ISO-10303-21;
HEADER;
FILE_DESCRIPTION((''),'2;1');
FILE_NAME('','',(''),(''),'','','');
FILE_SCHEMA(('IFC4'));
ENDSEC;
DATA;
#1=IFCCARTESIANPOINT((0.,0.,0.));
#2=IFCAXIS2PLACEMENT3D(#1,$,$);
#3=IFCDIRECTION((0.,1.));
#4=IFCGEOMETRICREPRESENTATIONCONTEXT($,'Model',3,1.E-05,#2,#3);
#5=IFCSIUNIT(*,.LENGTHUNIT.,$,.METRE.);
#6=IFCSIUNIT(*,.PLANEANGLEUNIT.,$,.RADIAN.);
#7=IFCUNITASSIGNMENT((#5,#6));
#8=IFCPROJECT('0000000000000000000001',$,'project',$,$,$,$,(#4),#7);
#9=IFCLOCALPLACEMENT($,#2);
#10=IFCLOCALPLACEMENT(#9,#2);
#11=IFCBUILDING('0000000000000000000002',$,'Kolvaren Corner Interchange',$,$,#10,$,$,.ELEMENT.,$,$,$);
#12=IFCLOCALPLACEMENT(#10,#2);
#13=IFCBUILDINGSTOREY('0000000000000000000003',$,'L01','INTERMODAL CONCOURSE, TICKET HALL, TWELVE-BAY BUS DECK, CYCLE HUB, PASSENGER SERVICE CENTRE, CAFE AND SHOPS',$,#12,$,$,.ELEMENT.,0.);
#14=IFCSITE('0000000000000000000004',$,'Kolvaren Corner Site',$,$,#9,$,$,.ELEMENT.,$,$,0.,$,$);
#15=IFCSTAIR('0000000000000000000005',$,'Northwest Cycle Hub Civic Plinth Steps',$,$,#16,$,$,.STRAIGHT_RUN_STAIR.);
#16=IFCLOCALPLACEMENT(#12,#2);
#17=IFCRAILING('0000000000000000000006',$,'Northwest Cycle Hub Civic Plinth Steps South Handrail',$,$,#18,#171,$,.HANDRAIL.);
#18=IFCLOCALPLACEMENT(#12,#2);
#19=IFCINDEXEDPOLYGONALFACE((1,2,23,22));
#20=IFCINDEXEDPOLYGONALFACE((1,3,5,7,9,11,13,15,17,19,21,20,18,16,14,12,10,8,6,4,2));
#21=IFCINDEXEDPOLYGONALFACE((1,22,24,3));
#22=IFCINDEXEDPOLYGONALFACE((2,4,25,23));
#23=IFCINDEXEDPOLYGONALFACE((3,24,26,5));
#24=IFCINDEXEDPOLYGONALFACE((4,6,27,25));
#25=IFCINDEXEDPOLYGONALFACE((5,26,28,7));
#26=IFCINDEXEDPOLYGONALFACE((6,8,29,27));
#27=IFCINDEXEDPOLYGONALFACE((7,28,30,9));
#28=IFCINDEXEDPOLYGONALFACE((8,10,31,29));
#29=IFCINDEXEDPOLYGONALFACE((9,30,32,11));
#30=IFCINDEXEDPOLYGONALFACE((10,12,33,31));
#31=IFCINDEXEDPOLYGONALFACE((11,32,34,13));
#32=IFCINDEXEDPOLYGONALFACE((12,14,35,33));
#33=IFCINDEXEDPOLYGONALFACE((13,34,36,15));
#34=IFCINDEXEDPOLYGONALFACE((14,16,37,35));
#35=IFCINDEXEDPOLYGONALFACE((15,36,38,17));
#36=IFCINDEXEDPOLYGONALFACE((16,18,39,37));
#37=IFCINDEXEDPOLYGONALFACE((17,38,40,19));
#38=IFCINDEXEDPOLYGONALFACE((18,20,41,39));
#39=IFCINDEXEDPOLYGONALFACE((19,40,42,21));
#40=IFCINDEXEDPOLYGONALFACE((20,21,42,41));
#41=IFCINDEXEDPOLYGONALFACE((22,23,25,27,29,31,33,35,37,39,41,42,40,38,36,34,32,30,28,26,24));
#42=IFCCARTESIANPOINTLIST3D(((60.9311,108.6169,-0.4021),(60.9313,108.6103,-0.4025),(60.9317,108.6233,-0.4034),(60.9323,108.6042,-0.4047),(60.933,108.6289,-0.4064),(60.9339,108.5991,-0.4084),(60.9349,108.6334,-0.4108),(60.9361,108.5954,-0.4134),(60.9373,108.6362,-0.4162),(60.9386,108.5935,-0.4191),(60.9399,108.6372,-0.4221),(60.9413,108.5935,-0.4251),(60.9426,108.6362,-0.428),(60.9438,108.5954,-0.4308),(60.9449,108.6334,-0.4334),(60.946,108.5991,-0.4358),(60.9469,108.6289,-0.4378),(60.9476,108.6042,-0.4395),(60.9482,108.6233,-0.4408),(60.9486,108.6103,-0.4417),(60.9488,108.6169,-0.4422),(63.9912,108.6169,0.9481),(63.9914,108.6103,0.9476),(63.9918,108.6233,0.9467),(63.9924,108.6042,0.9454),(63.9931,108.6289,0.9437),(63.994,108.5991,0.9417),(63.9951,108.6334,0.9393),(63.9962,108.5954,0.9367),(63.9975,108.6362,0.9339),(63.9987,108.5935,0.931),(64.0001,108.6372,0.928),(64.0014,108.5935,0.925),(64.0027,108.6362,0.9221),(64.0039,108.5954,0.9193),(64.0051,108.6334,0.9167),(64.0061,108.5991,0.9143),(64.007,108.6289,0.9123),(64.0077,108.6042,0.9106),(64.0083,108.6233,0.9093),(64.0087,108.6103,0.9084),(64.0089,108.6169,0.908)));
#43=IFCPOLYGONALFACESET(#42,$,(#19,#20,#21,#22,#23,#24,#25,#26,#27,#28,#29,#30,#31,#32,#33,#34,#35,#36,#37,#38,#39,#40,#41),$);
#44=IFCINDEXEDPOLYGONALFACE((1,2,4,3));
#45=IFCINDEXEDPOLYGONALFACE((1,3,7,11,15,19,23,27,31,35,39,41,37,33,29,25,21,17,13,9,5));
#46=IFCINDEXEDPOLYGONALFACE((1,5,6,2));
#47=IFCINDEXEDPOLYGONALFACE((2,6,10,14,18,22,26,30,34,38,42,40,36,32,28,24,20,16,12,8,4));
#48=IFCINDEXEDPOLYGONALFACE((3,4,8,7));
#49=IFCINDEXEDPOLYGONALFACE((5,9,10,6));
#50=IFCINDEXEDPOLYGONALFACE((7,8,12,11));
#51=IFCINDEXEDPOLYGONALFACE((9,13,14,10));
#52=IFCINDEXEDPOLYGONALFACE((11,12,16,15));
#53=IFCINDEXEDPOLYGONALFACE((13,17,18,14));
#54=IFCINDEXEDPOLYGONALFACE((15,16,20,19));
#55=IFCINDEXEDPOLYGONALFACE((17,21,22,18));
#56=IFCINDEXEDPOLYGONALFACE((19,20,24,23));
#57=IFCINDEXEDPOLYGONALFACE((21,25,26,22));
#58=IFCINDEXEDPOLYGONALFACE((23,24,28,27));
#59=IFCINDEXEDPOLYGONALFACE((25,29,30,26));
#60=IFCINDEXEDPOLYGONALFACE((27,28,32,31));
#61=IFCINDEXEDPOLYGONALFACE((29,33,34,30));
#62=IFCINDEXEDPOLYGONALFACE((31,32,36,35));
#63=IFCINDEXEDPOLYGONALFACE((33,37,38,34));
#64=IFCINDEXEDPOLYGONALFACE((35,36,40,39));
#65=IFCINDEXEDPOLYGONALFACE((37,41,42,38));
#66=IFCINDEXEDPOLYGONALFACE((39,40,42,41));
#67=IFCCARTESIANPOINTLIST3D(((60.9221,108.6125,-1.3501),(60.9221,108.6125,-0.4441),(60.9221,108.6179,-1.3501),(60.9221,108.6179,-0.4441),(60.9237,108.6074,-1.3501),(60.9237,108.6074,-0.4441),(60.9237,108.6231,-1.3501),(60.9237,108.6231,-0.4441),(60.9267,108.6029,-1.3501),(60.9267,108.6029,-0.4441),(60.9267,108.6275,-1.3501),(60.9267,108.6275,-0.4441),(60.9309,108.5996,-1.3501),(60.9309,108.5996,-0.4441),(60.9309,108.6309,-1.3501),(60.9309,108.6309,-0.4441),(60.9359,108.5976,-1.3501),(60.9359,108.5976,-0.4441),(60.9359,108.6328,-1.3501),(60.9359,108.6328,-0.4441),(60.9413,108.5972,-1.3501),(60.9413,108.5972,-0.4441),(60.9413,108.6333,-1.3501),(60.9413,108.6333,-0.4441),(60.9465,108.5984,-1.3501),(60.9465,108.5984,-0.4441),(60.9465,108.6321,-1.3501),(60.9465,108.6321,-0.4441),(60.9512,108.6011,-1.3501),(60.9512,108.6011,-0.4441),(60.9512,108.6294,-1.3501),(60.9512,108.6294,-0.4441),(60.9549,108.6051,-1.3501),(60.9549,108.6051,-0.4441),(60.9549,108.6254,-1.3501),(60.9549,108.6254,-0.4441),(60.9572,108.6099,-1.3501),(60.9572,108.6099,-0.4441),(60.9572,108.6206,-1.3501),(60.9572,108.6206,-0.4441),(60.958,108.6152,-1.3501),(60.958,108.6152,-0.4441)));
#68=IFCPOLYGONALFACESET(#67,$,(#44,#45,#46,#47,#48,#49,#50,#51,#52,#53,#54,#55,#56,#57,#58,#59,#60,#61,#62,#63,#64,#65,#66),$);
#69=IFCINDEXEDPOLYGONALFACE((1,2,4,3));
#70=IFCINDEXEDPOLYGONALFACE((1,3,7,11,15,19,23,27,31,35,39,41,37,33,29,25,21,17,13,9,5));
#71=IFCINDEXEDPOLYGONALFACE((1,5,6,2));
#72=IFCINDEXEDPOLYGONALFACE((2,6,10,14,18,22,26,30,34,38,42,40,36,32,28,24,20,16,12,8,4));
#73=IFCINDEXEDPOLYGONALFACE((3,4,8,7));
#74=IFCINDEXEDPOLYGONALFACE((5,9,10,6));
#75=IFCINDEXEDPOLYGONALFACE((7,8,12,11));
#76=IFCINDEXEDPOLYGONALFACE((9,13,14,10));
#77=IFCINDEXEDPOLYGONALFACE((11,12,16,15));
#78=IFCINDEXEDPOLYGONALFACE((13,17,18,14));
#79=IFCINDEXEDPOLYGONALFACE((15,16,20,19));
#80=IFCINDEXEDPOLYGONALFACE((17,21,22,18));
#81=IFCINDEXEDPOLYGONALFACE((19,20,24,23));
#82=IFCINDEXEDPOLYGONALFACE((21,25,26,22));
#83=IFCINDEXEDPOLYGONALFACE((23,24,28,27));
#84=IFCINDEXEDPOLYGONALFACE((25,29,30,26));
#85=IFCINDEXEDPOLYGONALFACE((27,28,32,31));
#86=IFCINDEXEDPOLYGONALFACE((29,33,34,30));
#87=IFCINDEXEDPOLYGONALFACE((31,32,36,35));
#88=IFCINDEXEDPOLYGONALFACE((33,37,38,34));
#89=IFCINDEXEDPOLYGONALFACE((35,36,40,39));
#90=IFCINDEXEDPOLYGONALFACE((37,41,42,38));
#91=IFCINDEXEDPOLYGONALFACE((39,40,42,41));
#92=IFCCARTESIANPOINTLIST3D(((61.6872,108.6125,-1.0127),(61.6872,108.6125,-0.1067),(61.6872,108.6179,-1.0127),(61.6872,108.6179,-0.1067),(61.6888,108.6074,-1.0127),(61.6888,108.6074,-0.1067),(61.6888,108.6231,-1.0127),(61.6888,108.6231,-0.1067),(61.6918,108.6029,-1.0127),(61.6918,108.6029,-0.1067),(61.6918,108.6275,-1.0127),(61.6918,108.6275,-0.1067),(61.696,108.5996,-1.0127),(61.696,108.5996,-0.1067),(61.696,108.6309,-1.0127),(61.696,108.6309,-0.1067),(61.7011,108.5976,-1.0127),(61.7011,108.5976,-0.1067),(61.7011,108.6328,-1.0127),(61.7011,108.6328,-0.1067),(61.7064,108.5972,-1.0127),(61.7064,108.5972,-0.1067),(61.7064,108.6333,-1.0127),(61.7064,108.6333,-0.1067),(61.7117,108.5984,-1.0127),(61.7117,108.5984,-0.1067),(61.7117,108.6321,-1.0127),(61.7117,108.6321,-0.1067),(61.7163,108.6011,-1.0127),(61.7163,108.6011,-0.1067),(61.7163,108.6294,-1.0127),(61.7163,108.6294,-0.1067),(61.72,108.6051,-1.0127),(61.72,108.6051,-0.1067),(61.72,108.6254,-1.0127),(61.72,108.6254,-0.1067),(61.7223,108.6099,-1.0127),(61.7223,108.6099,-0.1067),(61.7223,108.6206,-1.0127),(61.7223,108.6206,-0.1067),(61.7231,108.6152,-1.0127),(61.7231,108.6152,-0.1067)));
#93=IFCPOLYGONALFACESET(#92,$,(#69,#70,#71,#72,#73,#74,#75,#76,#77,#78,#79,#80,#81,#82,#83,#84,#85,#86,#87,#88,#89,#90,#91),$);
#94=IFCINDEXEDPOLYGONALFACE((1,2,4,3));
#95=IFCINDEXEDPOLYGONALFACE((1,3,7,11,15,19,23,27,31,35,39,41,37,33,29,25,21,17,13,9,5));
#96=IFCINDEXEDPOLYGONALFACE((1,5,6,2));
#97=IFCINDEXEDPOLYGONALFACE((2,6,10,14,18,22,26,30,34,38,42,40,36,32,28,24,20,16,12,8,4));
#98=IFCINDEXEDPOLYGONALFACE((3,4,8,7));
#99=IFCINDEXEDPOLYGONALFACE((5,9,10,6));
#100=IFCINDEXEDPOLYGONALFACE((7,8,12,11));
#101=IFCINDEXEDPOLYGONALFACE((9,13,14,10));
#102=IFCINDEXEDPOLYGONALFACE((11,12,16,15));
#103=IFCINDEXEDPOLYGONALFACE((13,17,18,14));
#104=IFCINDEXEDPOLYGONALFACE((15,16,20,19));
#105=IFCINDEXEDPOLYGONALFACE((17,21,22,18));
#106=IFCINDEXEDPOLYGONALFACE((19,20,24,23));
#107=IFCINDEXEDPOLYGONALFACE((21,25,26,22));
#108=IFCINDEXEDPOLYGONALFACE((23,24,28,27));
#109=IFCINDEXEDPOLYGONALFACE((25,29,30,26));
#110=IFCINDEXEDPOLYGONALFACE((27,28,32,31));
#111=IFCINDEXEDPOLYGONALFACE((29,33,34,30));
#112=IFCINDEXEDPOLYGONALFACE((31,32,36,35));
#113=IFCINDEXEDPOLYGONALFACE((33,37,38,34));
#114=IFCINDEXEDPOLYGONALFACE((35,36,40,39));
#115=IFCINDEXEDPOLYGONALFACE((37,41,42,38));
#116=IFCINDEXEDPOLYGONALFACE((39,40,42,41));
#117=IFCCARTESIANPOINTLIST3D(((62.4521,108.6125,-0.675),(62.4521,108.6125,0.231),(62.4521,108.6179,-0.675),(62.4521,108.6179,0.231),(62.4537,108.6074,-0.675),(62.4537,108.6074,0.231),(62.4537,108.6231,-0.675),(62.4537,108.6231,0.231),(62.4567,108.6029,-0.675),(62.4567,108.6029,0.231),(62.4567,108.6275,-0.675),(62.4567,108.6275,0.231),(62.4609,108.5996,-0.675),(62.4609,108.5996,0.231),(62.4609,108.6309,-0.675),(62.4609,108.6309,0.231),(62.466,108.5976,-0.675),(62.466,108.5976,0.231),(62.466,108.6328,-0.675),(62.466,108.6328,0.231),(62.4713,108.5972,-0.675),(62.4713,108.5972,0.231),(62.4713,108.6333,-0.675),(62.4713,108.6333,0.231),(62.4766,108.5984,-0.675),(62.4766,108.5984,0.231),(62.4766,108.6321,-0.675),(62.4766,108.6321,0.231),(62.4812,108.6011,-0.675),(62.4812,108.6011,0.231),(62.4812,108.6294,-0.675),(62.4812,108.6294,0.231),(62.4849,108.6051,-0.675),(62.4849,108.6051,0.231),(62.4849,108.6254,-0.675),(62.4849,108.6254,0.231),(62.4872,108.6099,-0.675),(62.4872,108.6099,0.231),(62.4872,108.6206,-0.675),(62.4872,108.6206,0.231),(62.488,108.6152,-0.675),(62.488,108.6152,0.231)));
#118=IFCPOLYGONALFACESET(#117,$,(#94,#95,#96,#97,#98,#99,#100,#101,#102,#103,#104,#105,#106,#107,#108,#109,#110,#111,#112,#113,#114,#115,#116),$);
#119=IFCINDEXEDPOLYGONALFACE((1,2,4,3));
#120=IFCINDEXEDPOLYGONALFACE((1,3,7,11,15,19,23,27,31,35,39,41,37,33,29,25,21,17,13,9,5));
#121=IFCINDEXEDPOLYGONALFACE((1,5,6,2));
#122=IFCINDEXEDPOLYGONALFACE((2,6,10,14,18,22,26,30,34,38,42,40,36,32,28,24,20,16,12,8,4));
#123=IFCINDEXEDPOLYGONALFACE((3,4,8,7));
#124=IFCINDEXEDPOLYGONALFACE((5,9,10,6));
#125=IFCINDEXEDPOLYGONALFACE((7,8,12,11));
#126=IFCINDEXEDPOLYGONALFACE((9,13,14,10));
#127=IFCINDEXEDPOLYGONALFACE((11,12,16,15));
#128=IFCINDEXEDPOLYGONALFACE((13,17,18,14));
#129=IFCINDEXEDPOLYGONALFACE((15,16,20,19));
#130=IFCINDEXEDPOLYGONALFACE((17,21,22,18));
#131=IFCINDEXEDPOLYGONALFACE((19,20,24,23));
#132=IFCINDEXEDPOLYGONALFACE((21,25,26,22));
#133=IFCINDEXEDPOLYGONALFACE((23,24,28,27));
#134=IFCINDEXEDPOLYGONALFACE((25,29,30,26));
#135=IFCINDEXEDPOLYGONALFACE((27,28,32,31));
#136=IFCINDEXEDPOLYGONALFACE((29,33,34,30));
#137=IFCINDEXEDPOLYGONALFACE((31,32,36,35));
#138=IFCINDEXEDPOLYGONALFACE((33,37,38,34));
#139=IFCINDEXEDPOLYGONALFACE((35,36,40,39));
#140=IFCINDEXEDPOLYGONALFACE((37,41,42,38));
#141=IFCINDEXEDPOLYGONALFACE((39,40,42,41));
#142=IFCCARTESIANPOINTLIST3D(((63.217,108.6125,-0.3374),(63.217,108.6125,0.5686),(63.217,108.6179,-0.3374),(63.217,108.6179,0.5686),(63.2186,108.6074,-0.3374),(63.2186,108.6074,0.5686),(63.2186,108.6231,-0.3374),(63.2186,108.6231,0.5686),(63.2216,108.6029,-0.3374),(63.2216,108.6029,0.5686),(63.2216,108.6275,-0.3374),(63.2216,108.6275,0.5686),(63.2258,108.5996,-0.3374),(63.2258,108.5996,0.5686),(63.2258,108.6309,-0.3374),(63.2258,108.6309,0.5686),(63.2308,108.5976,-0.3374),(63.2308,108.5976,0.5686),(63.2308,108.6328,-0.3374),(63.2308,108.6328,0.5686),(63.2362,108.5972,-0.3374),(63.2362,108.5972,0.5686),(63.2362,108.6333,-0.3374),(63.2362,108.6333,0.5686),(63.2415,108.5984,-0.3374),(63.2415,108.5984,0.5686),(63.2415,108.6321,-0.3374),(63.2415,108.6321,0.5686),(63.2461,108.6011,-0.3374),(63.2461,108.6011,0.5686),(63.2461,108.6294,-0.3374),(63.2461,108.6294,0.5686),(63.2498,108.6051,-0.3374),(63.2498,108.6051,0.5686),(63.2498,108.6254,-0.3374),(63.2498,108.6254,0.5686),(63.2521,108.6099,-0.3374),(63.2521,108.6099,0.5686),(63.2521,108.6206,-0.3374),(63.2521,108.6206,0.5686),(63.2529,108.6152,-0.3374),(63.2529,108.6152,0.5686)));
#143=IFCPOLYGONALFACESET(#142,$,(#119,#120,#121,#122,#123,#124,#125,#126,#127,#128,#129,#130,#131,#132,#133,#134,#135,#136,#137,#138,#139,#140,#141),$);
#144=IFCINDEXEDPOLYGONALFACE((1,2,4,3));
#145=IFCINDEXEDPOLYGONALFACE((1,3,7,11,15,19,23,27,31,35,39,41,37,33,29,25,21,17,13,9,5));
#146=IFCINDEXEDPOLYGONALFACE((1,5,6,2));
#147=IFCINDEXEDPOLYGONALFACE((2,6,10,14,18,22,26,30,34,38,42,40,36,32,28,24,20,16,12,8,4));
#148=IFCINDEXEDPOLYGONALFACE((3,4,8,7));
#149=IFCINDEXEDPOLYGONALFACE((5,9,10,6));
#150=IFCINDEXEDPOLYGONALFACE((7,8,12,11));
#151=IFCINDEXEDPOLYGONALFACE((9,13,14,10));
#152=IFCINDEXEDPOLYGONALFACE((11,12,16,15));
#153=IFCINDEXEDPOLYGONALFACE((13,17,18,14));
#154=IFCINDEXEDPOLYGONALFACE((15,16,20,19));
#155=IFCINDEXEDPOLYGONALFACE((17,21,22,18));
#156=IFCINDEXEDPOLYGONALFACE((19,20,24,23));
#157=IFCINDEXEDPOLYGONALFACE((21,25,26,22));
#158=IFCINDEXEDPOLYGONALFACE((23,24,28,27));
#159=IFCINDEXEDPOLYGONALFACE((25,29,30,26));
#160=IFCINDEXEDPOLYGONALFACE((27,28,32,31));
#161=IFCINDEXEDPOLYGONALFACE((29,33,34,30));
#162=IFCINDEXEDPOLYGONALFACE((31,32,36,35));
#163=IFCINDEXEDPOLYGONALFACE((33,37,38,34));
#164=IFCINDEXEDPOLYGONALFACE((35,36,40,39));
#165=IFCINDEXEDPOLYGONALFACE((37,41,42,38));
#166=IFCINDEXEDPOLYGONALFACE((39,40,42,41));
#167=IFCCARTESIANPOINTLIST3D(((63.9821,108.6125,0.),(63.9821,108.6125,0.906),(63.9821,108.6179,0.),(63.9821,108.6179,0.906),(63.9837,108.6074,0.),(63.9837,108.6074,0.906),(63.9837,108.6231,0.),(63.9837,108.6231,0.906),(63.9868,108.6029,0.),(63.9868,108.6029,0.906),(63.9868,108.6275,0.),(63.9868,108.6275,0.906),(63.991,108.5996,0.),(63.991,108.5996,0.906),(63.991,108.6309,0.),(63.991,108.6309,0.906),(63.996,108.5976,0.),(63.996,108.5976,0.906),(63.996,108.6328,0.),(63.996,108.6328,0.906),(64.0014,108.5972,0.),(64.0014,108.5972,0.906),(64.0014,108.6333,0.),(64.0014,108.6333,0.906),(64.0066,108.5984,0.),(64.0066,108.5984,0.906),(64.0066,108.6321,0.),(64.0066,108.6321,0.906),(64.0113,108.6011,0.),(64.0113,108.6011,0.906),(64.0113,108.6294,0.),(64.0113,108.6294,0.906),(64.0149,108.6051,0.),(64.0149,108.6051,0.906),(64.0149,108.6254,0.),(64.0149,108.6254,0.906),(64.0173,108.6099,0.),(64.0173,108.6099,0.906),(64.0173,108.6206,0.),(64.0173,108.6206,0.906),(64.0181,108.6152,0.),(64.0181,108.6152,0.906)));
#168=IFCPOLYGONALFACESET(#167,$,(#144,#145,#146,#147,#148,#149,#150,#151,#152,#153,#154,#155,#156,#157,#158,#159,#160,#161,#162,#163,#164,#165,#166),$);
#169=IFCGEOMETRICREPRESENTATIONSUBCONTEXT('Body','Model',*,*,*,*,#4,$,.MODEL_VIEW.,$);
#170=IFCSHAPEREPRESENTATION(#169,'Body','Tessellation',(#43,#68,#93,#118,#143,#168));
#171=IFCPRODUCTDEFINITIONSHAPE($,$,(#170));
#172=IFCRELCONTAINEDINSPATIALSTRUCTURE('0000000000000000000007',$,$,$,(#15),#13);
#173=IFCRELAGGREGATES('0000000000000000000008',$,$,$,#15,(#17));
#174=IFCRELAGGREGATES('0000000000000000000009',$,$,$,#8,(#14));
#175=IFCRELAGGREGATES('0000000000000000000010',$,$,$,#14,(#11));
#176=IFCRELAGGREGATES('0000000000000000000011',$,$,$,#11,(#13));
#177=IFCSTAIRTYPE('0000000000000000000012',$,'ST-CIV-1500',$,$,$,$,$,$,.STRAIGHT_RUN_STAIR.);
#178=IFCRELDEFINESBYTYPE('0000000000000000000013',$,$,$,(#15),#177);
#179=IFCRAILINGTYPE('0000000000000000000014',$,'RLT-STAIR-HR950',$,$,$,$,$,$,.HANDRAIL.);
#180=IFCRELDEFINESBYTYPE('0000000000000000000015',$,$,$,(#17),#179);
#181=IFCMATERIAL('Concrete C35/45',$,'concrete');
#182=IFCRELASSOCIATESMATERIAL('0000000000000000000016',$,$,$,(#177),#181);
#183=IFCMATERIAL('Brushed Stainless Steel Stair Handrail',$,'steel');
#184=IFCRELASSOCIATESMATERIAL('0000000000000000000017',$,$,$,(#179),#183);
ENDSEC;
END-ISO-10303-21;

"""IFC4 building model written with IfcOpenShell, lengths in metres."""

from ifc_helpers import new_model, si_unit, direction, frame, origin, origin_2d, place, context, subcontext, project, spatial, circle, extrude, material, type_object, element, aggregate, save


model = new_model("IFC4")

# Units and contexts
model_context = context("Model", 3, precision=1e-05, world=origin(), true_north=direction((0.0, 1.0)))
body_context = subcontext(model_context, "Body", "Model", "MODEL_VIEW")
ifc_project = project(units=[si_unit("LENGTHUNIT", "METRE"), si_unit("PLANEANGLEUNIT", "RADIAN")], contexts=[model_context])

# Site, building, storey
site_placement = place(None, origin())
site = spatial("IfcSite", under=ifc_project, at=site_placement, Name="Kolvaren Corner Site", CompositionType="ELEMENT", RefElevation=0.0)
building_placement = place(site_placement, origin())
building = spatial("IfcBuilding", under=site, at=building_placement, Name="Kolvaren Corner Interchange", CompositionType="ELEMENT")
storey_placement = place(building_placement, origin())
storey = spatial("IfcBuildingStorey", under=building, at=storey_placement, Name="L01", Description="INTERMODAL CONCOURSE, TICKET HALL, TWELVE-BAY BUS DECK, CYCLE HUB, PASSENGER SERVICE CENTRE, CAFE AND SHOPS", CompositionType="ELEMENT", Elevation=0.0)

# Stair
ifc_material_1 = material(Name="Concrete C35/45", Category="concrete")
stair_type = type_object("IfcStairType", Name="ST-CIV-1500", PredefinedType="STRAIGHT_RUN_STAIR", material=ifc_material_1)
stair_placement = place(storey_placement, origin())
stair = element("IfcStair", 1, at=stair_placement, inside=storey, type_object=stair_type, Name="Northwest Cycle Hub Civic Plinth Steps", PredefinedType="STRAIGHT_RUN_STAIR")

# Railing
ifc_material_2 = material(Name="Brushed Stainless Steel Stair Handrail", Category="steel")
railing_type_1 = type_object("IfcRailingType", Name="RLT-STAIR-HR950", PredefinedType="HANDRAIL", material=ifc_material_2)
railing_1_placement = place(storey_placement, frame((60.9399, 108.6152, -1.3501)))
railing_1 = element("IfcRailing", 2, at=railing_1_placement, type_object=railing_type_1, Name="Northwest Cycle Hub Civic Plinth Steps South Handrail", PredefinedType="HANDRAIL", context=body_context, shape_type="SweptSolid", body=[
    extrude(circle(Radius=0.022, at=origin_2d()), frame((0.0, 0.0, 0.928), z_axis=(0.91491, 0.0, 0.403658), x_axis=(0.0, 1.0, 0.0)), (0.0, 0.0, 1.0), 3.3447),
    extrude(circle(Radius=0.0181, at=origin_2d()), origin(), (0.0, 0.0, 1.0), 0.906),
    extrude(circle(Radius=0.0181, at=origin_2d()), frame((0.7651, 0.0, 0.3374)), (0.0, 0.0, 1.0), 0.906),
    extrude(circle(Radius=0.0181, at=origin_2d()), frame((1.53, 0.0, 0.675)), (0.0, 0.0, 1.0), 0.906),
    extrude(circle(Radius=0.0181, at=origin_2d()), frame((2.2949, 0.0, 1.0127)), (0.0, 0.0, 1.0), 0.906),
    extrude(circle(Radius=0.0181, at=origin_2d()), frame((3.0601, 0.0, 1.3501)), (0.0, 0.0, 1.0), 0.906),
])
aggregate(stair, [railing_1])

save(model, "model.ifc")
